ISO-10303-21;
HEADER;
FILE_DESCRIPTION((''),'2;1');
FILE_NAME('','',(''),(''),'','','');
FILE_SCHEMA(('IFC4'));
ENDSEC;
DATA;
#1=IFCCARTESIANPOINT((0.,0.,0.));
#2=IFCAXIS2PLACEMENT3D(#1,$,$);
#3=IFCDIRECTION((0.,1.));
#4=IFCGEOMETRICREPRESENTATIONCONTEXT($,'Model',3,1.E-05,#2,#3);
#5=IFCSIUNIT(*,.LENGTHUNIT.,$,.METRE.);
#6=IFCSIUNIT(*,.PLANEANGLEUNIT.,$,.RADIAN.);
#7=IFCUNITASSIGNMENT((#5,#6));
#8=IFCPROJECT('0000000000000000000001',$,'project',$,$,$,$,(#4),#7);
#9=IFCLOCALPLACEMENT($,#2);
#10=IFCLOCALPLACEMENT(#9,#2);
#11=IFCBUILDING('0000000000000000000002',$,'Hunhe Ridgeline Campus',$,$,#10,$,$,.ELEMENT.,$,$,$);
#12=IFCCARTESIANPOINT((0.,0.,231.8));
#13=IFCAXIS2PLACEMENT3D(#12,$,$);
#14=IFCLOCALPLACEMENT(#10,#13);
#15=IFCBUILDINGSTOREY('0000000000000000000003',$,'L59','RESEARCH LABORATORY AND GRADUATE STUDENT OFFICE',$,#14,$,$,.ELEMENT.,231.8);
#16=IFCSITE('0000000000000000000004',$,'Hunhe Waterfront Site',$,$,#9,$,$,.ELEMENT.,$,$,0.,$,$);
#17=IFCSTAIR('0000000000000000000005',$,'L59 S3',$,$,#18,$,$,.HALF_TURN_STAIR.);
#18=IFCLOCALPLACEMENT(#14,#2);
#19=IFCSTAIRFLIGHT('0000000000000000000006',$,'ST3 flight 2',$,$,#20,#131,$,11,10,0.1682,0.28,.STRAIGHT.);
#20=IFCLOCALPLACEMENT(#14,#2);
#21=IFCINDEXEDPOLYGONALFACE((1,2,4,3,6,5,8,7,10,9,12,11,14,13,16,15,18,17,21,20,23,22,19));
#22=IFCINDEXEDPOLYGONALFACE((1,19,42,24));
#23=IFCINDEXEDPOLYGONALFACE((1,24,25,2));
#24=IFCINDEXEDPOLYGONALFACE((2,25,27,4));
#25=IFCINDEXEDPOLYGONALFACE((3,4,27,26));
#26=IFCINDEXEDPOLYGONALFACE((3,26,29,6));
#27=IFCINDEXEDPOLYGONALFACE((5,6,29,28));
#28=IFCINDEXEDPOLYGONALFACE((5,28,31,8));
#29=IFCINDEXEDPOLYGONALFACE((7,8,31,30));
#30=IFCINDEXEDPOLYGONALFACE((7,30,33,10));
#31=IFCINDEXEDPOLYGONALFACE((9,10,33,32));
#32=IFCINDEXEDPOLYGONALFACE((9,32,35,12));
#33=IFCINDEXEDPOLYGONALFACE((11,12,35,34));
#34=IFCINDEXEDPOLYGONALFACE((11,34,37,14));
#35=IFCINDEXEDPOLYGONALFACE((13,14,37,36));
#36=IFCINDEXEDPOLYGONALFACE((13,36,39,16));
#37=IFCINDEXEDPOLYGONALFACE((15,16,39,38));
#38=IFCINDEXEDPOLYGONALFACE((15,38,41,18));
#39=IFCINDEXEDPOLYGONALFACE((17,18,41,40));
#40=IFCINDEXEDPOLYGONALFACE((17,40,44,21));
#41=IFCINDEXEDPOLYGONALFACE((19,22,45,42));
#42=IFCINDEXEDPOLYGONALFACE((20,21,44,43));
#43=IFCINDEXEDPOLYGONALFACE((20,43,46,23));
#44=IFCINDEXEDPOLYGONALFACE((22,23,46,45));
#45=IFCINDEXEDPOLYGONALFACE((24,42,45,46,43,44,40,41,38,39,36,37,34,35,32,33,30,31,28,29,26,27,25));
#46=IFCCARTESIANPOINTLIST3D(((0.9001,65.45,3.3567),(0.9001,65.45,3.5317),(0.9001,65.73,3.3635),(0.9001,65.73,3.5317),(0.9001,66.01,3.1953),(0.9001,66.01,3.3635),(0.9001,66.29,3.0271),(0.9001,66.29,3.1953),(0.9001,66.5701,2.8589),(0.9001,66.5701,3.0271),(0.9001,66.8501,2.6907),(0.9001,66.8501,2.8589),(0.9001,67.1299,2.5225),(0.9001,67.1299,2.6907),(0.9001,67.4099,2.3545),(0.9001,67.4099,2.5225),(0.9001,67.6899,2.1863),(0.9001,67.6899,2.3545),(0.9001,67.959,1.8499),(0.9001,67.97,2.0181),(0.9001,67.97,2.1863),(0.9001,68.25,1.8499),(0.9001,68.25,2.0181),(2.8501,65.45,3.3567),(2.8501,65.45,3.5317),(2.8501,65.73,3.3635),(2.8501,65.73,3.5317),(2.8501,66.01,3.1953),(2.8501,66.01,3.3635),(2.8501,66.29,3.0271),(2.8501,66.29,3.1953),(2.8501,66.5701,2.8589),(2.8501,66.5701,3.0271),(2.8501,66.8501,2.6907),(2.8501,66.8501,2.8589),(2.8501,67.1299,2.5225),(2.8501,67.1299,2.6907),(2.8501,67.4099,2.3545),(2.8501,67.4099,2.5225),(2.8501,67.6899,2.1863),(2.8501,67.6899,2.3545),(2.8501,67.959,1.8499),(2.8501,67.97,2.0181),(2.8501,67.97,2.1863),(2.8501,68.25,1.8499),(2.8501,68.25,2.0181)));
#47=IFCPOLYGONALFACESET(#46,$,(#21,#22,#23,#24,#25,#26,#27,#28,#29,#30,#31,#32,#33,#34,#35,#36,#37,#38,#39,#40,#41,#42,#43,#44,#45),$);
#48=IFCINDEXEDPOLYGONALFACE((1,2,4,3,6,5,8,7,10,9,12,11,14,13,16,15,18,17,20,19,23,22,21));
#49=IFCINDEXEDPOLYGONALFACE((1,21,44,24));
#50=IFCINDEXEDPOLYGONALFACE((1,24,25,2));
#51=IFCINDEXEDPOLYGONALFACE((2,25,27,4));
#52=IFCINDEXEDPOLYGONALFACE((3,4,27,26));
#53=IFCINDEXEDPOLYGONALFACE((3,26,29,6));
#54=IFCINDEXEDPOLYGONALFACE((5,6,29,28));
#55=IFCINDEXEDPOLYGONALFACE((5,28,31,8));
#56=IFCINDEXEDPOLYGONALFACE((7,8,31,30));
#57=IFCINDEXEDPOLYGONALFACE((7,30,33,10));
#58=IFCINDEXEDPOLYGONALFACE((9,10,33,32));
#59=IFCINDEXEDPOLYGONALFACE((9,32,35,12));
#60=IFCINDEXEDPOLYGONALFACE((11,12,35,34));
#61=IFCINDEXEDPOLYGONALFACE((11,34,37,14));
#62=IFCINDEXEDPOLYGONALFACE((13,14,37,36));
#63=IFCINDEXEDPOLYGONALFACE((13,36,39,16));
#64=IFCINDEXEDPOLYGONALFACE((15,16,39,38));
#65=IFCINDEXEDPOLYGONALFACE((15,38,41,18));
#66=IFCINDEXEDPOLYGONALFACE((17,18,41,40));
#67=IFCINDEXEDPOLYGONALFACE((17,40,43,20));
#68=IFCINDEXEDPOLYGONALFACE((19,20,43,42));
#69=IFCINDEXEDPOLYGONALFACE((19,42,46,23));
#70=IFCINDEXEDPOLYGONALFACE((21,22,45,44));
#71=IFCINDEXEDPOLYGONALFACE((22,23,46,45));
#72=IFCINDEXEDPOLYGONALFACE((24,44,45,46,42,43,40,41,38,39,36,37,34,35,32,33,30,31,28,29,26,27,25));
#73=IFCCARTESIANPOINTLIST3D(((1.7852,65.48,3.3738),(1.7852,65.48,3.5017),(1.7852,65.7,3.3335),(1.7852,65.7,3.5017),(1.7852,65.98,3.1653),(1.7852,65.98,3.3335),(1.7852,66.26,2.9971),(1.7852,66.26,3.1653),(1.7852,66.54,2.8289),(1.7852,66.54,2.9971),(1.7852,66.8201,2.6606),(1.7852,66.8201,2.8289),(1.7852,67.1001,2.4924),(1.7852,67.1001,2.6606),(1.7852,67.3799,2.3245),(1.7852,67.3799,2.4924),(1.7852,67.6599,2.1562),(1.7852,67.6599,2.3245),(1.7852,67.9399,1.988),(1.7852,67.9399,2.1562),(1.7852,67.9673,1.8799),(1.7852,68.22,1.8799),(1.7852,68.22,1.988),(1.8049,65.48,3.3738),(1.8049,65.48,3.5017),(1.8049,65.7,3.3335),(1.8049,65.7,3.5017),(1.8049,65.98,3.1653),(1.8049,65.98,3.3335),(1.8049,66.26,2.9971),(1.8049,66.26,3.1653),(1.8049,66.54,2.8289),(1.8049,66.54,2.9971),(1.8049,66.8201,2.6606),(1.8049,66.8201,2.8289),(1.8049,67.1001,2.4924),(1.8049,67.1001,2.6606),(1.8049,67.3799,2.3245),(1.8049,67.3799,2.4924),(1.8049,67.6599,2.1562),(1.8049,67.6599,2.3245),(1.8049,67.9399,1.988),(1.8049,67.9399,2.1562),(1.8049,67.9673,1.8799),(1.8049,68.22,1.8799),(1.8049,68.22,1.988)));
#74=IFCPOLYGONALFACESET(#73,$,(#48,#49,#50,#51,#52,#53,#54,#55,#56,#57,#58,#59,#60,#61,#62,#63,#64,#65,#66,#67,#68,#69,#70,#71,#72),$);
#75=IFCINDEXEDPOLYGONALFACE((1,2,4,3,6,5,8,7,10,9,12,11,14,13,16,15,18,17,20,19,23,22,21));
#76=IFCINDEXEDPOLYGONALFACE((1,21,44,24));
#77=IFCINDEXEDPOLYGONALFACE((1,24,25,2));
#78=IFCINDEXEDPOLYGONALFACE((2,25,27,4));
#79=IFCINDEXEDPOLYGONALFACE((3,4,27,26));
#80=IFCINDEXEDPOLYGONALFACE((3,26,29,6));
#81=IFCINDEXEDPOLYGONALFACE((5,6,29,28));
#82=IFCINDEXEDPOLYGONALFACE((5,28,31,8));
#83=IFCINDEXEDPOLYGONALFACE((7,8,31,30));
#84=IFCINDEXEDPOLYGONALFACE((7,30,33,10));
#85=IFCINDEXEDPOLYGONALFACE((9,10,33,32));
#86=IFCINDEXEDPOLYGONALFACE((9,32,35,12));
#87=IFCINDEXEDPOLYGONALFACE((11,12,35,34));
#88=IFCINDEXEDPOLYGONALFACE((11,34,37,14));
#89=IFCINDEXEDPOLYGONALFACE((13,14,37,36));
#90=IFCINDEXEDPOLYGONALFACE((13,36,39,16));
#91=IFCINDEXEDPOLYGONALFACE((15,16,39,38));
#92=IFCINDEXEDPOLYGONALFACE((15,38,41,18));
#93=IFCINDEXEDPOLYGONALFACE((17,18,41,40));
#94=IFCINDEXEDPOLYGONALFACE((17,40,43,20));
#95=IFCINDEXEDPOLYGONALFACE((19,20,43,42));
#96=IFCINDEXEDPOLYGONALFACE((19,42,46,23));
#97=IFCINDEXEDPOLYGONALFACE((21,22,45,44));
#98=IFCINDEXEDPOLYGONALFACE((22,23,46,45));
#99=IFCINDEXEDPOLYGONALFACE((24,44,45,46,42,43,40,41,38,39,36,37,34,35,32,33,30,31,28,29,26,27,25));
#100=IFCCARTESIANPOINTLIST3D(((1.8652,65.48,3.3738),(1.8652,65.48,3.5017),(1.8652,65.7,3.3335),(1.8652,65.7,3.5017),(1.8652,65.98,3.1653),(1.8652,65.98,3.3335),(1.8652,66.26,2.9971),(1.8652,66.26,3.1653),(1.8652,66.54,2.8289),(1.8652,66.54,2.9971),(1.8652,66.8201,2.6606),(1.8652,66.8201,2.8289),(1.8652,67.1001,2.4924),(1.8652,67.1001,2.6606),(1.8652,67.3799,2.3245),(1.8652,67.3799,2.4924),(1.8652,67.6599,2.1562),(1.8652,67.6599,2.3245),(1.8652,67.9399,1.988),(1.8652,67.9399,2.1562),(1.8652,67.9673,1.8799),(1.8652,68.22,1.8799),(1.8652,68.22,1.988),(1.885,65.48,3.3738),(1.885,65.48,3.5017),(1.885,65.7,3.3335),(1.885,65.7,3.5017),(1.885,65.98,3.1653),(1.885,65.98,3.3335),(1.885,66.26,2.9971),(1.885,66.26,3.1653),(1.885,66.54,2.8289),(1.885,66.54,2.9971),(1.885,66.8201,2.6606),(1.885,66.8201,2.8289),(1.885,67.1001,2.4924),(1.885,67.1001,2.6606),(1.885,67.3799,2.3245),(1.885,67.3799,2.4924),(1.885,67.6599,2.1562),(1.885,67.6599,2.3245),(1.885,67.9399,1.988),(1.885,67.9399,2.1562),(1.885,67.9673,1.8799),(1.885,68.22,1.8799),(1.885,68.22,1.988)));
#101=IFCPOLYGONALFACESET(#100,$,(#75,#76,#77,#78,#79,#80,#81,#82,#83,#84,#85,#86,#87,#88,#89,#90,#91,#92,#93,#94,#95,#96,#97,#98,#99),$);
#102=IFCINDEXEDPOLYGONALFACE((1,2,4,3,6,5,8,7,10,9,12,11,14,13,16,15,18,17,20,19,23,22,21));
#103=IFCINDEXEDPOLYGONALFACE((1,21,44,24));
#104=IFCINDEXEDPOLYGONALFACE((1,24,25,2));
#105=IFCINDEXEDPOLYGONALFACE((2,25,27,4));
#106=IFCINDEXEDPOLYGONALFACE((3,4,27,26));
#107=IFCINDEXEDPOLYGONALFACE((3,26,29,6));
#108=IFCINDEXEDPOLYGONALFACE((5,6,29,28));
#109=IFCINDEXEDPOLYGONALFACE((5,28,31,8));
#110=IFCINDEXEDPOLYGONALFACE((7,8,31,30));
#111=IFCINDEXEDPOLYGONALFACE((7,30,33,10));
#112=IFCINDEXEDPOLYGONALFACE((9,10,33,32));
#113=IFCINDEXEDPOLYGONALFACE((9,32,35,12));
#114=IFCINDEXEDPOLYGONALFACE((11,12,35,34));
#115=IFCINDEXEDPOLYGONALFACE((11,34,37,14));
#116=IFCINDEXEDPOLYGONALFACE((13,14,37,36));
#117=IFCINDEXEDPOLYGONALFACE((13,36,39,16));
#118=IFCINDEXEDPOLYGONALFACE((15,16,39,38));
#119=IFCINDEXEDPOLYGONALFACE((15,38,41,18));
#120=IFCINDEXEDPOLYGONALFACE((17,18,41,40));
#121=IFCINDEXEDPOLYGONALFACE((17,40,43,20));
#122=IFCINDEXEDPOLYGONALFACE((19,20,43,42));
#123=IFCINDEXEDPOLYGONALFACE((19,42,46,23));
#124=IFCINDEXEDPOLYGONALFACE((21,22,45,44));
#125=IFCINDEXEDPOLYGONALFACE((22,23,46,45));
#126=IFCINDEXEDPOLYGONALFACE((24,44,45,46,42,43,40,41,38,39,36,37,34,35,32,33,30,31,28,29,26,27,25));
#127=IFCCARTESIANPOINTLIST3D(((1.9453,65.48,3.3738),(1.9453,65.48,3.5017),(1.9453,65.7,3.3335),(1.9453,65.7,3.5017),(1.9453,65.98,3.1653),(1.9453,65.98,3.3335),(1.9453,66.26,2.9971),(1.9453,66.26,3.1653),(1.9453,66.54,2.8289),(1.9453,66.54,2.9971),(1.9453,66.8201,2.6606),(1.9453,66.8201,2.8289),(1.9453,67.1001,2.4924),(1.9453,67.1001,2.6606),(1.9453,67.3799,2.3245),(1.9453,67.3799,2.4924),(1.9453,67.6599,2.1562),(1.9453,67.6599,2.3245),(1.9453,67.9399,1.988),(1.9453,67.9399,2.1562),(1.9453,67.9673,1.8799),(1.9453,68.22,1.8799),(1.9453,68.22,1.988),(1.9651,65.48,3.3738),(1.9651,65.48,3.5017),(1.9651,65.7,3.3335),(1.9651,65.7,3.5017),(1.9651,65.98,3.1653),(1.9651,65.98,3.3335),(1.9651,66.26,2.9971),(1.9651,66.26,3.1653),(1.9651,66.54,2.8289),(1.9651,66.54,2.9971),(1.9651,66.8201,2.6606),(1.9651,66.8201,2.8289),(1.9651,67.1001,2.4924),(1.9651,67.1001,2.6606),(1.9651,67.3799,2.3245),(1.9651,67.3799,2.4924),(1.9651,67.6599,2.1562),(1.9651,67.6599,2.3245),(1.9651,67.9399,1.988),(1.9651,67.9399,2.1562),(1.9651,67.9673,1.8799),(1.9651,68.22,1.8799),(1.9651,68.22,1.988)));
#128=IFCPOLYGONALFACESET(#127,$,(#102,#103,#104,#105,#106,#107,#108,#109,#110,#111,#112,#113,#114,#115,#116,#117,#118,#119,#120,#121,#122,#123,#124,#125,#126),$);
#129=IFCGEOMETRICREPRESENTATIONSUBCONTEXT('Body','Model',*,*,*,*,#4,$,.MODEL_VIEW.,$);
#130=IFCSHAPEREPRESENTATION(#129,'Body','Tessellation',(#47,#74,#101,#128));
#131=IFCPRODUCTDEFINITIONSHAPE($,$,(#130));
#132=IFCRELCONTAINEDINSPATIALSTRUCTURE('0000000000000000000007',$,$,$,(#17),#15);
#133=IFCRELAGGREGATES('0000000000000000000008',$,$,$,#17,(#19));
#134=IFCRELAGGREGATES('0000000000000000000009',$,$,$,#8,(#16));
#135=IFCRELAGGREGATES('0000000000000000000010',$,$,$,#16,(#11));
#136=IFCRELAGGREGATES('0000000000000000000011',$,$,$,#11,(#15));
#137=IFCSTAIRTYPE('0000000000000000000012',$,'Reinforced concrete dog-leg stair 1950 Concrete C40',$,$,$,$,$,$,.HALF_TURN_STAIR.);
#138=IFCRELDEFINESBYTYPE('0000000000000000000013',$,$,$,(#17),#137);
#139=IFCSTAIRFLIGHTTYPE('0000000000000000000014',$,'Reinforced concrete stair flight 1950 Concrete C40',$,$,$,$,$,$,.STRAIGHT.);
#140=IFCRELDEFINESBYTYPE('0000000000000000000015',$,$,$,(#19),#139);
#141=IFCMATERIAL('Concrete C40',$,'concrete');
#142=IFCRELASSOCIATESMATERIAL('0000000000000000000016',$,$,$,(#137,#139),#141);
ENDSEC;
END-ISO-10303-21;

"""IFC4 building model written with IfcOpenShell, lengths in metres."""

from ifc_helpers import new_model, si_unit, direction, frame, origin, place, context, subcontext, project, spatial, polyline, outline, extrude, material, type_object, element, aggregate, save


model = new_model("IFC4")

# Units and contexts
model_context = context("Model", 3, precision=1e-05, world=origin(), true_north=direction((0.0, 1.0)))
body_context = subcontext(model_context, "Body", "Model", "MODEL_VIEW")
ifc_project = project(units=[si_unit("LENGTHUNIT", "METRE"), si_unit("PLANEANGLEUNIT", "RADIAN")], contexts=[model_context])

# Site, building, storey
site_placement = place(None, origin())
site = spatial("IfcSite", under=ifc_project, at=site_placement, Name="Hunhe Waterfront Site", CompositionType="ELEMENT", RefElevation=0.0)
building_placement = place(site_placement, origin())
building = spatial("IfcBuilding", under=site, at=building_placement, Name="Hunhe Ridgeline Campus", CompositionType="ELEMENT")
storey_placement = place(building_placement, frame((0.0, 0.0, 231.8)))
storey = spatial("IfcBuildingStorey", under=building, at=storey_placement, Name="L59", Description="RESEARCH LABORATORY AND GRADUATE STUDENT OFFICE", CompositionType="ELEMENT", Elevation=231.8)

# Stair, stair flight
ifc_material_1 = material(Name="Concrete C40", Category="concrete")
stair_type = type_object("IfcStairType", Name="Reinforced concrete dog-leg stair 1950 Concrete C40", PredefinedType="HALF_TURN_STAIR", material=ifc_material_1)
stair_1_placement = place(storey_placement, origin())
stair_1 = element("IfcStair", 1, at=stair_1_placement, inside=storey, type_object=stair_type, Name="L59 S3", PredefinedType="HALF_TURN_STAIR")
stair_flight_type = type_object("IfcStairFlightType", Name="Reinforced concrete stair flight 1950 Concrete C40", PredefinedType="STRAIGHT", material=ifc_material_1)
stair_flight_1_placement = place(storey_placement, frame((1.875, 68.25, 1.8499), z_axis=(0.0, 0.0, 1.0), x_axis=(0.0, -1.0, 0.0)))
stair_flight_1 = element("IfcStairFlight", 2, at=stair_flight_1_placement, type_object=stair_flight_type, Name="ST3 flight 2", NumberOfRisers=11, NumberOfTreads=10, PredefinedType="STRAIGHT", RiserHeight=0.1682, TreadLength=0.28, context=body_context, shape_type="SweptSolid", body=[
    extrude(outline(polyline([(0.0, 0.0), (0.0, 0.1682), (0.28, 0.1682), (0.28, 0.3364), (0.5601, 0.3364), (0.5601, 0.5046), (0.8401, 0.5046), (0.8401, 0.6726), (1.1201, 0.6726), (1.1201, 0.8408), (1.3999, 0.8408), (1.3999, 1.009), (1.6799, 1.009), (1.6799, 1.1772), (1.96, 1.1772), (1.96, 1.3455), (2.24, 1.3455), (2.24, 1.5137), (2.52, 1.5137), (2.52, 1.6819), (2.8, 1.6819), (2.8, 1.8501), (2.8, 1.5068), (0.291, 0.0), (0.0, 0.0)])), frame((0.0, 0.9751, 0.0), z_axis=(0.0, -1.0, 0.0), x_axis=(1.0, 0.0, 0.0)), (0.0, 0.0, 1.0), 1.95),
    extrude(outline(polyline([(0.03, 0.03), (0.03, 0.1382), (0.3101, 0.1382), (0.3101, 0.3064), (0.5901, 0.3064), (0.5901, 0.4746), (0.8701, 0.4746), (0.8701, 0.6426), (1.1499, 0.6426), (1.1499, 0.8108), (1.4299, 0.8108), (1.4299, 0.979), (1.71, 0.979), (1.71, 1.1472), (1.99, 1.1472), (1.99, 1.3154), (2.27, 1.3154), (2.27, 1.4836), (2.55, 1.4836), (2.55, 1.6519), (2.77, 1.6519), (2.77, 1.5239), (0.2827, 0.03), (0.03, 0.03)])), frame((0.0, -0.0701, 0.0), z_axis=(0.0, -1.0, 0.0), x_axis=(1.0, 0.0, 0.0)), (0.0, 0.0, 1.0), 0.0198),
    extrude(outline(polyline([(0.03, 0.03), (0.03, 0.1382), (0.3101, 0.1382), (0.3101, 0.3064), (0.5901, 0.3064), (0.5901, 0.4746), (0.8701, 0.4746), (0.8701, 0.6426), (1.1499, 0.6426), (1.1499, 0.8108), (1.4299, 0.8108), (1.4299, 0.979), (1.71, 0.979), (1.71, 1.1472), (1.99, 1.1472), (1.99, 1.3154), (2.27, 1.3154), (2.27, 1.4836), (2.55, 1.4836), (2.55, 1.6519), (2.77, 1.6519), (2.77, 1.5239), (0.2827, 0.03), (0.03, 0.03)])), frame((0.0, 0.01, 0.0), z_axis=(0.0, -1.0, 0.0), x_axis=(1.0, 0.0, 0.0)), (0.0, 0.0, 1.0), 0.0198),
    extrude(outline(polyline([(0.03, 0.03), (0.03, 0.1382), (0.3101, 0.1382), (0.3101, 0.3064), (0.5901, 0.3064), (0.5901, 0.4746), (0.8701, 0.4746), (0.8701, 0.6426), (1.1499, 0.6426), (1.1499, 0.8108), (1.4299, 0.8108), (1.4299, 0.979), (1.71, 0.979), (1.71, 1.1472), (1.99, 1.1472), (1.99, 1.3154), (2.27, 1.3154), (2.27, 1.4836), (2.55, 1.4836), (2.55, 1.6519), (2.77, 1.6519), (2.77, 1.5239), (0.2827, 0.03), (0.03, 0.03)])), frame((0.0, 0.0901, 0.0), z_axis=(0.0, -1.0, 0.0), x_axis=(1.0, 0.0, 0.0)), (0.0, 0.0, 1.0), 0.0198),
])
aggregate(stair_1, [stair_flight_1])

save(model, "model.ifc")
